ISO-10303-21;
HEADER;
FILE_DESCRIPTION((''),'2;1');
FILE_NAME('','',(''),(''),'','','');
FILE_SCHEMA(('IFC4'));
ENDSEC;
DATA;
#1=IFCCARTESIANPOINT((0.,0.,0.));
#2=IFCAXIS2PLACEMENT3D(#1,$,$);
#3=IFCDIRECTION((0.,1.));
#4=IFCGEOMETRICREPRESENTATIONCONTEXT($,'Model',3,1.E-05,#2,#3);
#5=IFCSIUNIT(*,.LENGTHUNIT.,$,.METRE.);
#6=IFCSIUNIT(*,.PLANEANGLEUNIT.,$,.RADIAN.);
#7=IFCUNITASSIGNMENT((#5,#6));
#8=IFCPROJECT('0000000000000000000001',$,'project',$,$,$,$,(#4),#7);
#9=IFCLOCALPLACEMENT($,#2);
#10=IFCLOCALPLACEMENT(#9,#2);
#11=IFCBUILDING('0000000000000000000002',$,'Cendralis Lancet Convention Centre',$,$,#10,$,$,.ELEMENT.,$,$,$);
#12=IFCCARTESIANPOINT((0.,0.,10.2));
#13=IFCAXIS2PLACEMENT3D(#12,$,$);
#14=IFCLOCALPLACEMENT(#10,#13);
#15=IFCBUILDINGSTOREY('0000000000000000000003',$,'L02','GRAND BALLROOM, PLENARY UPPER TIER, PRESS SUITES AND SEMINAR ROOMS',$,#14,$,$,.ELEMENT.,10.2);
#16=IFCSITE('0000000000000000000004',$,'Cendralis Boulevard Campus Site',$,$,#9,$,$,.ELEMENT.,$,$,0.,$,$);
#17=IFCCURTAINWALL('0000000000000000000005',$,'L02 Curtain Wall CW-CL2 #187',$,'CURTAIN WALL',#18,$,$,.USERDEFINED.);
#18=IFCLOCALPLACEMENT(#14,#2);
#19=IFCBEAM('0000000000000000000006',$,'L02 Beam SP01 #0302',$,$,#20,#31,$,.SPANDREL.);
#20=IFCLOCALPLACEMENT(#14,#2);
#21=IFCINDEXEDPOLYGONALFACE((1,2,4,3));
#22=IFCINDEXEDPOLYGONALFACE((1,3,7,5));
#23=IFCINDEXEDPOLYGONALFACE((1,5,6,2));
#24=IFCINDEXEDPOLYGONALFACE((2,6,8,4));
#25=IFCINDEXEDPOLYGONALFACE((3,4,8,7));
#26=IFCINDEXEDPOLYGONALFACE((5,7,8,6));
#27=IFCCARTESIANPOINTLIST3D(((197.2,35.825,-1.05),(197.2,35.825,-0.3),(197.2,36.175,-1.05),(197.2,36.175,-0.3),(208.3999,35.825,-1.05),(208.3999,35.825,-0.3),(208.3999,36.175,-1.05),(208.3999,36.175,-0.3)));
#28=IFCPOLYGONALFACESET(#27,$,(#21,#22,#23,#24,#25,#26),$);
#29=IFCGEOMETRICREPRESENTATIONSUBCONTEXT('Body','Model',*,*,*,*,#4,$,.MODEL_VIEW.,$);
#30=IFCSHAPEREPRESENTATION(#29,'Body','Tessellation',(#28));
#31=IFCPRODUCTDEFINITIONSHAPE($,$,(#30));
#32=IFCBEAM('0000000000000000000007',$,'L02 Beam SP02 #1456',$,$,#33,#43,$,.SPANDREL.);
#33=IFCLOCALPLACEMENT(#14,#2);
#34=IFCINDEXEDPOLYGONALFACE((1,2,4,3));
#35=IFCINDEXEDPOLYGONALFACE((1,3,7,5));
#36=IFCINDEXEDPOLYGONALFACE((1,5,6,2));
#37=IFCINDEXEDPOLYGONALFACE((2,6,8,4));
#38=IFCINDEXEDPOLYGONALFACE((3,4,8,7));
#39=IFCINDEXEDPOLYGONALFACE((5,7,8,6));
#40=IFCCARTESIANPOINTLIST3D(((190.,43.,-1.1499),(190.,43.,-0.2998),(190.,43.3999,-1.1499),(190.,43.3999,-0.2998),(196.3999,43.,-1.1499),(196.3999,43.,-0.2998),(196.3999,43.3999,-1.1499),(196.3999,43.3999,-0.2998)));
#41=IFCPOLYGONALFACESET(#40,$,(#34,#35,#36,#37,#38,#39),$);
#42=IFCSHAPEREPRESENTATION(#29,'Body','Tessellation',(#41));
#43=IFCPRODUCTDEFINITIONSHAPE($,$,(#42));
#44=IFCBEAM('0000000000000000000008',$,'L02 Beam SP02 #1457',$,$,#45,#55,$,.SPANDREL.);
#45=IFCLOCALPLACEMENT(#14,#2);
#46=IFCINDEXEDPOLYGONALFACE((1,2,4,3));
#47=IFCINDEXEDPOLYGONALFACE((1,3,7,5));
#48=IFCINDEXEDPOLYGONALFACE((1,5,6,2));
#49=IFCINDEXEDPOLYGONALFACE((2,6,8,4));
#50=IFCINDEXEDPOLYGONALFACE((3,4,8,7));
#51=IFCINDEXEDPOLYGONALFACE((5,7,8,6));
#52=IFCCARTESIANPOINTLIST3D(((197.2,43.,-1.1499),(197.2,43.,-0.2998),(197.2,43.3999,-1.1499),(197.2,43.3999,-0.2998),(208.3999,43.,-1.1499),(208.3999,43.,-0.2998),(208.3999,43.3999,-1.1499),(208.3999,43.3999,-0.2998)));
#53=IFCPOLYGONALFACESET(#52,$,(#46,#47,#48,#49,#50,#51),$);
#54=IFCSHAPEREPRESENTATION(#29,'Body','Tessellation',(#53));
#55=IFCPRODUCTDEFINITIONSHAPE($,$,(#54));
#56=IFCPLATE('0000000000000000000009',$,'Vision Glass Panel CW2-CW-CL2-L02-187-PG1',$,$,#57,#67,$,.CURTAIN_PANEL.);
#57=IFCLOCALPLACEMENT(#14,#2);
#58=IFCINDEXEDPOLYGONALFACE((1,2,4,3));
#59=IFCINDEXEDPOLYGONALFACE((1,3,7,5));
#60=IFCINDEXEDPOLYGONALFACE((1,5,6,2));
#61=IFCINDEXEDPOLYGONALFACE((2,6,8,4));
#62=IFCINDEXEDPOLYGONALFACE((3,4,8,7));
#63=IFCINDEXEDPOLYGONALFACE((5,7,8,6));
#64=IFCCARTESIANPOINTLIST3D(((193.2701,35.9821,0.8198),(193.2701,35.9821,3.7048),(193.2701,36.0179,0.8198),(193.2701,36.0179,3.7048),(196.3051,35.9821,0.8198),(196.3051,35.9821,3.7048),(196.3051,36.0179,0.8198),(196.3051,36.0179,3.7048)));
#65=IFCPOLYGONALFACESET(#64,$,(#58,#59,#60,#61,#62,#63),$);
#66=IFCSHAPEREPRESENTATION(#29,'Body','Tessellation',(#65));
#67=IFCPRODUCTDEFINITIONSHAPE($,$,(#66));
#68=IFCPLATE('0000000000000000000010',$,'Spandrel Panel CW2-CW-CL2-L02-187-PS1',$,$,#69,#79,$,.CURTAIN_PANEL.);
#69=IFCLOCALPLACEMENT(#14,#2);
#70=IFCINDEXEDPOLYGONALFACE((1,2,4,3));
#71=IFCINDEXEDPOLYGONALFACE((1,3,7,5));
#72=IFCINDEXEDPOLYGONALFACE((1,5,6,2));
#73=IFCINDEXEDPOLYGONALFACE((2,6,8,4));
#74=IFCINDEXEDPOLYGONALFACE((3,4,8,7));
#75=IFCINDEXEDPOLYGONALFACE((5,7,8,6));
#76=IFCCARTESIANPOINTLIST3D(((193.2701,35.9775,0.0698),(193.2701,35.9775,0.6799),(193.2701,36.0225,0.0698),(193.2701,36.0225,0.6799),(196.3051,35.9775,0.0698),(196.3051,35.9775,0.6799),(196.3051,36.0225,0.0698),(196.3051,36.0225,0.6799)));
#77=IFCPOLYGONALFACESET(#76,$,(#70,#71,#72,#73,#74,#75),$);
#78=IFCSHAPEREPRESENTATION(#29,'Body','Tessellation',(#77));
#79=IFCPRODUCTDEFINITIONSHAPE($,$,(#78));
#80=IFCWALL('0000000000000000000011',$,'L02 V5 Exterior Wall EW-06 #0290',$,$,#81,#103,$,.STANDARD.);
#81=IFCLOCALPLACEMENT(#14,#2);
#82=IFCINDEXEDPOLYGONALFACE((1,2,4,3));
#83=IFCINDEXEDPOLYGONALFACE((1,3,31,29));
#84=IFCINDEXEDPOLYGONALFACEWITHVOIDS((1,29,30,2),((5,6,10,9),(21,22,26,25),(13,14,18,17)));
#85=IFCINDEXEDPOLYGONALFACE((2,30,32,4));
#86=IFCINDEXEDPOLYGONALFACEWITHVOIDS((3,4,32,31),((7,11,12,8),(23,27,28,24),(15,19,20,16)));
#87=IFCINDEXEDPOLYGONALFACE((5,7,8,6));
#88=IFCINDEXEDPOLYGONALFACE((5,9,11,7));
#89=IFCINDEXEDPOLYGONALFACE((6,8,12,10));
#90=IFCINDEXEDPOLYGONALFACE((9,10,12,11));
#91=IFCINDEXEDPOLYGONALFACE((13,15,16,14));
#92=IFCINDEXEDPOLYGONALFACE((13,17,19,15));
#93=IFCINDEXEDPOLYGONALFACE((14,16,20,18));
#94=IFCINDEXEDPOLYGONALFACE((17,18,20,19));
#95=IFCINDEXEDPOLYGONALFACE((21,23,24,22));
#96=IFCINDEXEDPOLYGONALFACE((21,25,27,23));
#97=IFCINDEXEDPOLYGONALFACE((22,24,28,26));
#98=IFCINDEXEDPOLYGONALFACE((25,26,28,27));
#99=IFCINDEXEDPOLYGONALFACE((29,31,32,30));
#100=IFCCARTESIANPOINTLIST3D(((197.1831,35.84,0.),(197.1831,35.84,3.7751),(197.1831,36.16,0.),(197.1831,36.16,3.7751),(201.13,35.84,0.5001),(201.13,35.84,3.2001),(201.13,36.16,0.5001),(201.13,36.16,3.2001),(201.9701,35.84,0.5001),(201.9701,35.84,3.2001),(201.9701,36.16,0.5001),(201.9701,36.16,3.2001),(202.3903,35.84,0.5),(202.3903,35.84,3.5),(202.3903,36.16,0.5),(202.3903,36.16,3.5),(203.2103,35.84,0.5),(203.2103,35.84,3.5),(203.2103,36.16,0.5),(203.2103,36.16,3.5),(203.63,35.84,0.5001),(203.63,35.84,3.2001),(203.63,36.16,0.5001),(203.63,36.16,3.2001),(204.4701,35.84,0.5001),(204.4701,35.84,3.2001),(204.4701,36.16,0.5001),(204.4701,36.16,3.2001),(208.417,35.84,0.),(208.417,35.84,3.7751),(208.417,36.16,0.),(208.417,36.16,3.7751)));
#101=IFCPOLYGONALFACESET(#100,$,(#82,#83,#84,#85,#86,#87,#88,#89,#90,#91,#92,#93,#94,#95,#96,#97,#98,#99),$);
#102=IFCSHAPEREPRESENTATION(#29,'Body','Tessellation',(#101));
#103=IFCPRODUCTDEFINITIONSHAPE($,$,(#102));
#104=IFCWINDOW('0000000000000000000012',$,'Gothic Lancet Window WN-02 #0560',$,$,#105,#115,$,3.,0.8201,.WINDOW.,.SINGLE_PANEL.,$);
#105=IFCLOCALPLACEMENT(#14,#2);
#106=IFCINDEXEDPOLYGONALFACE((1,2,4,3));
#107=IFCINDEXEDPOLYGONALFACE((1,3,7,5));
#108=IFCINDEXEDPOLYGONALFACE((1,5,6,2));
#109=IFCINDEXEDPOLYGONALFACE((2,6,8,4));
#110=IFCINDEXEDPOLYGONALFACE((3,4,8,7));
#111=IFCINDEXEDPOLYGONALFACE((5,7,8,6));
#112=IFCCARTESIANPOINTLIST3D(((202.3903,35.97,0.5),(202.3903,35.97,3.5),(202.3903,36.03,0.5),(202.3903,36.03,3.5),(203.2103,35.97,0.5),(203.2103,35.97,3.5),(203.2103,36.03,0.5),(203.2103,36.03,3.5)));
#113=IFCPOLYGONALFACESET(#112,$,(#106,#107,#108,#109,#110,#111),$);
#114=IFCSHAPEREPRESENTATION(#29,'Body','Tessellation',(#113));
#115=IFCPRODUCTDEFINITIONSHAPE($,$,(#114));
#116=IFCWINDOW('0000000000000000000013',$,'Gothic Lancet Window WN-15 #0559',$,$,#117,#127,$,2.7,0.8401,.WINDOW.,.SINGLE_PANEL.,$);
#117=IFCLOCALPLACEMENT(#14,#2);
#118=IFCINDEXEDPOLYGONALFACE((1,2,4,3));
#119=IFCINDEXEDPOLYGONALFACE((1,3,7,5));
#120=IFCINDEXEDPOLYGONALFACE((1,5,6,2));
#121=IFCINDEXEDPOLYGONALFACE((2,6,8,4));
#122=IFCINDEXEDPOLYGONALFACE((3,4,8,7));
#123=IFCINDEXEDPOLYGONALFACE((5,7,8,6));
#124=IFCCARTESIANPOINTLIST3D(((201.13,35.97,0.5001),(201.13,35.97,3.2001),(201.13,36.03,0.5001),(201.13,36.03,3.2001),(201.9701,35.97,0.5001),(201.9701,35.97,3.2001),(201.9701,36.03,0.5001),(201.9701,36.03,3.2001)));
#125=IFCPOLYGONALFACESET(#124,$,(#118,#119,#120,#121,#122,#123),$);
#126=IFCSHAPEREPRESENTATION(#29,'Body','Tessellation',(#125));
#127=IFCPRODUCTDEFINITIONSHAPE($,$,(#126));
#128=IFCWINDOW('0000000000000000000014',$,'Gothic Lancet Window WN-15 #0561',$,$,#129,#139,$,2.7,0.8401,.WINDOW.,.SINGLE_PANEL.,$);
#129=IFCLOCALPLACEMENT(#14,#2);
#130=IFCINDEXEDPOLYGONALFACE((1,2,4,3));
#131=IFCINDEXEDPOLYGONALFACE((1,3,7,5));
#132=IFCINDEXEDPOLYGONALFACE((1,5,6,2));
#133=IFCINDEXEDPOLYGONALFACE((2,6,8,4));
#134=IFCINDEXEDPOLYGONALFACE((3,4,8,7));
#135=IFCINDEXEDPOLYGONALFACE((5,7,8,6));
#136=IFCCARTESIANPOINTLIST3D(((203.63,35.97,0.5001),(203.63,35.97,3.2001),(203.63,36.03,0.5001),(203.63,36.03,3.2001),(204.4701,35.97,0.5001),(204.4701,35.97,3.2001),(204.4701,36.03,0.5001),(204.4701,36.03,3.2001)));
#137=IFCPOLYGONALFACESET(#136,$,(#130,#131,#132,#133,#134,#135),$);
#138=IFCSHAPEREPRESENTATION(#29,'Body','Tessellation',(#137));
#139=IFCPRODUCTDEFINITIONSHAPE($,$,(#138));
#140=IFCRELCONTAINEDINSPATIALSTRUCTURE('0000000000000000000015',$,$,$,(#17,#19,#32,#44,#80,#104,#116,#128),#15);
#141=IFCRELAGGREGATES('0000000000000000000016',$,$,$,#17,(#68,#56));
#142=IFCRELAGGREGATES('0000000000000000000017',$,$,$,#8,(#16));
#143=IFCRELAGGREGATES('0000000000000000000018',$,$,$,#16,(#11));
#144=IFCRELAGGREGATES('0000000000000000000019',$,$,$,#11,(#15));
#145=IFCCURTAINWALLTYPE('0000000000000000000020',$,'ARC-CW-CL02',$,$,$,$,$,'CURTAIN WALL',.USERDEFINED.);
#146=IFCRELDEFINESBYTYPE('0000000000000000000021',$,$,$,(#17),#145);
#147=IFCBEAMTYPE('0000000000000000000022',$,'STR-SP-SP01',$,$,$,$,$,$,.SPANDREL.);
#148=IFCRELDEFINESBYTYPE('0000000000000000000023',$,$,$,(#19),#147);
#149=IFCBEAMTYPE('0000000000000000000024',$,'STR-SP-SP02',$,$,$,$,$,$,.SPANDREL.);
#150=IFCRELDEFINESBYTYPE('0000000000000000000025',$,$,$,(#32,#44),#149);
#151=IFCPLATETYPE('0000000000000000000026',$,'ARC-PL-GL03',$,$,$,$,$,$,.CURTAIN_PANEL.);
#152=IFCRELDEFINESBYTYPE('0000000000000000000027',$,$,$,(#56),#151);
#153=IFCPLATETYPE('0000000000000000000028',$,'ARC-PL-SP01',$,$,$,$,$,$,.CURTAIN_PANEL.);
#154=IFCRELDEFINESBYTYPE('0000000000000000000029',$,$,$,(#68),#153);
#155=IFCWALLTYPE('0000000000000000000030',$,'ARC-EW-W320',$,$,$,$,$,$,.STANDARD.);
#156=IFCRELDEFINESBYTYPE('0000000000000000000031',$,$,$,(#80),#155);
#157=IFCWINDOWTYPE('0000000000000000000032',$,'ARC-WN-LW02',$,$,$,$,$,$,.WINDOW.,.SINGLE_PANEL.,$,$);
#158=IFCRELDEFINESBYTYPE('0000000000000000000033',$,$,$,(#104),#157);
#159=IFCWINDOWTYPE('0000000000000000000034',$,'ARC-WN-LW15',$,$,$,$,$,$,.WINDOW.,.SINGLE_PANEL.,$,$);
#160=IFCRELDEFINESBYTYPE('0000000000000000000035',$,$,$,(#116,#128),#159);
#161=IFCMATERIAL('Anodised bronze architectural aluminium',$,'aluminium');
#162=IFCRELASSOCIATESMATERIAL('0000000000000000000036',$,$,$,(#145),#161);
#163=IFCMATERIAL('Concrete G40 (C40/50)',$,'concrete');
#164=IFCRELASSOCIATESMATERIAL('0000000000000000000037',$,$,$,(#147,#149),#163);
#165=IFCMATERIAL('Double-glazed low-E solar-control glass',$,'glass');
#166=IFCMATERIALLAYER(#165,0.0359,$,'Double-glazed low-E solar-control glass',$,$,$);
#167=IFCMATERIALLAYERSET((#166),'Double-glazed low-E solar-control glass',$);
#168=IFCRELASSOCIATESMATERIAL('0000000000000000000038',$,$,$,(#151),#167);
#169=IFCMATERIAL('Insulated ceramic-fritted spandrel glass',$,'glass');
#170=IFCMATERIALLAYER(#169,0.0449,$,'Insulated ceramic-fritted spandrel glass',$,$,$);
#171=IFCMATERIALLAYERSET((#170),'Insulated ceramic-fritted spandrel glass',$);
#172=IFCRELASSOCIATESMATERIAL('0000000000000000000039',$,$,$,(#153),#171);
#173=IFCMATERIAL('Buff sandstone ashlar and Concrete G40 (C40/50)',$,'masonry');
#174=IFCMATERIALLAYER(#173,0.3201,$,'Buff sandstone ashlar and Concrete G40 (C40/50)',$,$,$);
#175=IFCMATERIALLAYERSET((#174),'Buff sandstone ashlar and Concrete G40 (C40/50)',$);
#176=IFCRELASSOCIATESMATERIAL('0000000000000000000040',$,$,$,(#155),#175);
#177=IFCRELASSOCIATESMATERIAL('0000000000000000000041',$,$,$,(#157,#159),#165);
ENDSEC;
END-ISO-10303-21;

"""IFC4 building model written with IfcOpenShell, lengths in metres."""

from ifc_helpers import new_model, si_unit, direction, frame, frame_2d, origin, origin_2d, place, context, subcontext, project, spatial, rectangle, extrude, material, layer, layer_set, material_profile, profile_set, type_object, element, fill, aggregate, save


model = new_model("IFC4")

# Units and contexts
model_context = context("Model", 3, precision=1e-05, world=origin(), true_north=direction((0.0, 1.0)))
body_context = subcontext(model_context, "Body", "Model", "MODEL_VIEW")
ifc_project = project(units=[si_unit("LENGTHUNIT", "METRE"), si_unit("PLANEANGLEUNIT", "RADIAN")], contexts=[model_context])

# Site, building, storey
site_placement = place(None, origin())
site = spatial("IfcSite", under=ifc_project, at=site_placement, Name="Cendralis Boulevard Campus Site", CompositionType="ELEMENT", RefElevation=0.0)
building_placement = place(site_placement, origin())
building = spatial("IfcBuilding", under=site, at=building_placement, Name="Cendralis Lancet Convention Centre", CompositionType="ELEMENT")
storey_placement = place(building_placement, frame((0.0, 0.0, 10.2)))
storey = spatial("IfcBuildingStorey", under=building, at=storey_placement, Name="L02", Description="GRAND BALLROOM, PLENARY UPPER TIER, PRESS SUITES AND SEMINAR ROOMS", CompositionType="ELEMENT", Elevation=10.2)

# Shared definitions
ifc_material_1 = material(Name="Concrete G40 (C40/50)", Category="concrete")

# Curtain wall
ifc_material_2 = material(Name="Anodised bronze architectural aluminium", Category="aluminium")
curtain_wall_type = type_object("IfcCurtainWallType", Name="ARC-CW-CL02", ElementType="CURTAIN WALL", PredefinedType="USERDEFINED", material=ifc_material_2)
curtain_wall_placement = place(storey_placement, origin())
curtain_wall = element("IfcCurtainWall", 1, at=curtain_wall_placement, inside=storey, type_object=curtain_wall_type, Name="L02 Curtain Wall CW-CL2 #187", ObjectType="CURTAIN WALL", PredefinedType="USERDEFINED")

# Beams
ifc_material_profile_1 = material_profile(ifc_material_1, rectangle(XDim=0.3501, YDim=0.75, at=origin_2d()), Name="RCB 350x750")
ifc_profile_set_1 = profile_set([ifc_material_profile_1], Name="Concrete G40 (C40/50)")
beam_type_1 = type_object("IfcBeamType", Name="STR-SP-SP01", PredefinedType="SPANDREL", material=ifc_profile_set_1)
beam_1_placement = place(storey_placement, frame((197.2, 36.0, -0.675), z_axis=(1.0, 0.0, 0.0), x_axis=(0.0, 1.0, 0.0)))
element("IfcBeam", 2, at=beam_1_placement, inside=storey, type_object=beam_type_1, Name="L02 Beam SP01 #0302", PredefinedType="SPANDREL", context=body_context, shape_type="SweptSolid", body=[
    extrude(rectangle(XDim=0.3501, YDim=0.75, at=origin_2d()), origin(), (0.0, 0.0, 1.0), 11.2),
])
ifc_material_profile_2 = material_profile(ifc_material_1, rectangle(XDim=0.3999, YDim=0.8501, at=origin_2d()), Name="RCB 400x850")
ifc_profile_set_2 = profile_set([ifc_material_profile_2], Name="Concrete G40 (C40/50)")
beam_type_2 = type_object("IfcBeamType", Name="STR-SP-SP02", PredefinedType="SPANDREL", material=ifc_profile_set_2)
beam_2_placement = place(storey_placement, frame((190.0, 43.2, -0.7249), z_axis=(1.0, 0.0, 0.0), x_axis=(0.0, 1.0, 0.0)))
element("IfcBeam", 3, at=beam_2_placement, inside=storey, type_object=beam_type_2, Name="L02 Beam SP02 #1456", PredefinedType="SPANDREL", context=body_context, shape_type="SweptSolid", body=[
    extrude(rectangle(XDim=0.3999, YDim=0.8501, at=origin_2d()), origin(), (0.0, 0.0, 1.0), 6.3999),
])
beam_3_placement = place(storey_placement, frame((197.2, 43.2, -0.7249), z_axis=(1.0, 0.0, 0.0), x_axis=(0.0, 1.0, 0.0)))
element("IfcBeam", 4, at=beam_3_placement, inside=storey, type_object=beam_type_2, Name="L02 Beam SP02 #1457", PredefinedType="SPANDREL", context=body_context, shape_type="SweptSolid", body=[
    extrude(rectangle(XDim=0.3999, YDim=0.8501, at=origin_2d()), origin(), (0.0, 0.0, 1.0), 11.2),
])

# Plates
ifc_material_3 = material(Name="Double-glazed low-E solar-control glass", Category="glass")
ifc_layer_1 = layer(ifc_material_3, 0.0359, Name="Double-glazed low-E solar-control glass")
ifc_layer_set_1 = layer_set([ifc_layer_1], Name="Double-glazed low-E solar-control glass")
plate_type_1 = type_object("IfcPlateType", Name="ARC-PL-GL03", PredefinedType="CURTAIN_PANEL", material=ifc_layer_set_1)
plate_1_placement = place(storey_placement, frame((194.7876, 36.0, 0.8198), z_axis=(0.0, 0.0, 1.0), x_axis=(1.0, 0.0, 0.0)))
plate_1 = element("IfcPlate", 5, at=plate_1_placement, type_object=plate_type_1, Name="Vision Glass Panel CW2-CW-CL2-L02-187-PG1", PredefinedType="CURTAIN_PANEL", context=body_context, shape_type="SweptSolid", body=[
    extrude(rectangle(XDim=3.0349, YDim=0.0359, at=origin_2d()), origin(), (0.0, 0.0, 1.0), 2.885),
])
ifc_material_4 = material(Name="Insulated ceramic-fritted spandrel glass", Category="glass")
ifc_layer_2 = layer(ifc_material_4, 0.0449, Name="Insulated ceramic-fritted spandrel glass")
ifc_layer_set_2 = layer_set([ifc_layer_2], Name="Insulated ceramic-fritted spandrel glass")
plate_type_2 = type_object("IfcPlateType", Name="ARC-PL-SP01", PredefinedType="CURTAIN_PANEL", material=ifc_layer_set_2)
plate_2_placement = place(storey_placement, frame((194.7876, 36.0, 0.0698), z_axis=(0.0, 0.0, 1.0), x_axis=(1.0, 0.0, 0.0)))
plate_2 = element("IfcPlate", 6, at=plate_2_placement, type_object=plate_type_2, Name="Spandrel Panel CW2-CW-CL2-L02-187-PS1", PredefinedType="CURTAIN_PANEL", context=body_context, shape_type="SweptSolid", body=[
    extrude(rectangle(XDim=3.0349, YDim=0.0449, at=origin_2d()), origin(), (0.0, 0.0, 1.0), 0.6101),
])
aggregate(curtain_wall, [plate_2, plate_1])

# Wall, openings, windows
ifc_material_5 = material(Name="Buff sandstone ashlar and Concrete G40 (C40/50)", Category="masonry")
ifc_layer_3 = layer(ifc_material_5, 0.3201, Name="Buff sandstone ashlar and Concrete G40 (C40/50)")
ifc_layer_set_3 = layer_set([ifc_layer_3], Name="Buff sandstone ashlar and Concrete G40 (C40/50)")
wall_type_1 = type_object("IfcWallType", Name="ARC-EW-W320", PredefinedType="STANDARD", material=ifc_layer_set_3)
wall_1_placement = place(storey_placement, frame((197.1831, 36.0, 0.0), z_axis=(0.0, 0.0, 1.0), x_axis=(1.0, 0.0, 0.0)))
wall_1 = element("IfcWall", 7, at=wall_1_placement, inside=storey, type_object=wall_type_1, Name="L02 V5 Exterior Wall EW-06 #0290", PredefinedType="STANDARD", context=body_context, shape_type="SweptSolid", body=[
    extrude(rectangle(XDim=11.2339, YDim=0.3201, at=frame_2d((5.6169, 0.0))), origin(), (0.0, 0.0, 1.0), 3.7751),
])
opening_1_placement = place(wall_1_placement, frame((3.947, 0.0, 0.5)))
opening_1 = element("IfcOpeningElement", 8, at=opening_1_placement, cuts=wall_1, PredefinedType="OPENING", context=body_context, shape_type="SweptSolid", body=[
    extrude(rectangle(XDim=0.8401, YDim=2.7, at=frame_2d((0.4199, 1.3501))), frame((0.0, 0.1699, 0.0), z_axis=(0.0, -1.0, 0.0), x_axis=(1.0, 0.0, 0.0)), (0.0, 0.0, 1.0), 0.3401),
])
opening_2_placement = place(wall_1_placement, frame((5.207, 0.0, 0.5)))
opening_2 = element("IfcOpeningElement", 9, at=opening_2_placement, cuts=wall_1, PredefinedType="OPENING", context=body_context, shape_type="SweptSolid", body=[
    extrude(rectangle(XDim=0.8201, YDim=3.0, at=frame_2d((0.4102, 1.5))), frame((0.0, 0.1699, 0.0), z_axis=(0.0, -1.0, 0.0), x_axis=(1.0, 0.0, 0.0)), (0.0, 0.0, 1.0), 0.3401),
])
opening_3_placement = place(wall_1_placement, frame((6.447, 0.0, 0.5)))
opening_3 = element("IfcOpeningElement", 10, at=opening_3_placement, cuts=wall_1, PredefinedType="OPENING", context=body_context, shape_type="SweptSolid", body=[
    extrude(rectangle(XDim=0.8401, YDim=2.7, at=frame_2d((0.4199, 1.3501))), frame((0.0, 0.1699, 0.0), z_axis=(0.0, -1.0, 0.0), x_axis=(1.0, 0.0, 0.0)), (0.0, 0.0, 1.0), 0.3401),
])
window_type_1 = type_object("IfcWindowType", Name="ARC-WN-LW02", PartitioningType="SINGLE_PANEL", PredefinedType="WINDOW", material=ifc_material_3)
window_1_placement = place(opening_2_placement, origin())
window_1 = element("IfcWindow", 11, at=window_1_placement, inside=storey, type_object=window_type_1, Name="Gothic Lancet Window WN-02 #0560", OverallHeight=3.0, OverallWidth=0.8201, PartitioningType="SINGLE_PANEL", PredefinedType="WINDOW", context=body_context, shape_type="SweptSolid", body=[
    extrude(rectangle(XDim=0.8201, YDim=3.0, at=frame_2d((0.4102, 1.5))), frame((0.0, 0.03, 0.0), z_axis=(0.0, -1.0, 0.0), x_axis=(1.0, 0.0, 0.0)), (0.0, 0.0, 1.0), 0.0601),
])
fill(opening_2, window_1)
window_type_2 = type_object("IfcWindowType", Name="ARC-WN-LW15", PartitioningType="SINGLE_PANEL", PredefinedType="WINDOW", material=ifc_material_3)
window_2_placement = place(opening_1_placement, origin())
window_2 = element("IfcWindow", 12, at=window_2_placement, inside=storey, type_object=window_type_2, Name="Gothic Lancet Window WN-15 #0559", OverallHeight=2.7, OverallWidth=0.8401, PartitioningType="SINGLE_PANEL", PredefinedType="WINDOW", context=body_context, shape_type="SweptSolid", body=[
    extrude(rectangle(XDim=0.8401, YDim=2.7, at=frame_2d((0.4199, 1.3501))), frame((0.0, 0.03, 0.0), z_axis=(0.0, -1.0, 0.0), x_axis=(1.0, 0.0, 0.0)), (0.0, 0.0, 1.0), 0.0601),
])
fill(opening_1, window_2)
window_3_placement = place(opening_3_placement, origin())
window_3 = element("IfcWindow", 13, at=window_3_placement, inside=storey, type_object=window_type_2, Name="Gothic Lancet Window WN-15 #0561", OverallHeight=2.7, OverallWidth=0.8401, PartitioningType="SINGLE_PANEL", PredefinedType="WINDOW", context=body_context, shape_type="SweptSolid", body=[
    extrude(rectangle(XDim=0.8401, YDim=2.7, at=frame_2d((0.4199, 1.3501))), frame((0.0, 0.03, 0.0), z_axis=(0.0, -1.0, 0.0), x_axis=(1.0, 0.0, 0.0)), (0.0, 0.0, 1.0), 0.0601),
])
fill(opening_3, window_3)

save(model, "model.ifc")
